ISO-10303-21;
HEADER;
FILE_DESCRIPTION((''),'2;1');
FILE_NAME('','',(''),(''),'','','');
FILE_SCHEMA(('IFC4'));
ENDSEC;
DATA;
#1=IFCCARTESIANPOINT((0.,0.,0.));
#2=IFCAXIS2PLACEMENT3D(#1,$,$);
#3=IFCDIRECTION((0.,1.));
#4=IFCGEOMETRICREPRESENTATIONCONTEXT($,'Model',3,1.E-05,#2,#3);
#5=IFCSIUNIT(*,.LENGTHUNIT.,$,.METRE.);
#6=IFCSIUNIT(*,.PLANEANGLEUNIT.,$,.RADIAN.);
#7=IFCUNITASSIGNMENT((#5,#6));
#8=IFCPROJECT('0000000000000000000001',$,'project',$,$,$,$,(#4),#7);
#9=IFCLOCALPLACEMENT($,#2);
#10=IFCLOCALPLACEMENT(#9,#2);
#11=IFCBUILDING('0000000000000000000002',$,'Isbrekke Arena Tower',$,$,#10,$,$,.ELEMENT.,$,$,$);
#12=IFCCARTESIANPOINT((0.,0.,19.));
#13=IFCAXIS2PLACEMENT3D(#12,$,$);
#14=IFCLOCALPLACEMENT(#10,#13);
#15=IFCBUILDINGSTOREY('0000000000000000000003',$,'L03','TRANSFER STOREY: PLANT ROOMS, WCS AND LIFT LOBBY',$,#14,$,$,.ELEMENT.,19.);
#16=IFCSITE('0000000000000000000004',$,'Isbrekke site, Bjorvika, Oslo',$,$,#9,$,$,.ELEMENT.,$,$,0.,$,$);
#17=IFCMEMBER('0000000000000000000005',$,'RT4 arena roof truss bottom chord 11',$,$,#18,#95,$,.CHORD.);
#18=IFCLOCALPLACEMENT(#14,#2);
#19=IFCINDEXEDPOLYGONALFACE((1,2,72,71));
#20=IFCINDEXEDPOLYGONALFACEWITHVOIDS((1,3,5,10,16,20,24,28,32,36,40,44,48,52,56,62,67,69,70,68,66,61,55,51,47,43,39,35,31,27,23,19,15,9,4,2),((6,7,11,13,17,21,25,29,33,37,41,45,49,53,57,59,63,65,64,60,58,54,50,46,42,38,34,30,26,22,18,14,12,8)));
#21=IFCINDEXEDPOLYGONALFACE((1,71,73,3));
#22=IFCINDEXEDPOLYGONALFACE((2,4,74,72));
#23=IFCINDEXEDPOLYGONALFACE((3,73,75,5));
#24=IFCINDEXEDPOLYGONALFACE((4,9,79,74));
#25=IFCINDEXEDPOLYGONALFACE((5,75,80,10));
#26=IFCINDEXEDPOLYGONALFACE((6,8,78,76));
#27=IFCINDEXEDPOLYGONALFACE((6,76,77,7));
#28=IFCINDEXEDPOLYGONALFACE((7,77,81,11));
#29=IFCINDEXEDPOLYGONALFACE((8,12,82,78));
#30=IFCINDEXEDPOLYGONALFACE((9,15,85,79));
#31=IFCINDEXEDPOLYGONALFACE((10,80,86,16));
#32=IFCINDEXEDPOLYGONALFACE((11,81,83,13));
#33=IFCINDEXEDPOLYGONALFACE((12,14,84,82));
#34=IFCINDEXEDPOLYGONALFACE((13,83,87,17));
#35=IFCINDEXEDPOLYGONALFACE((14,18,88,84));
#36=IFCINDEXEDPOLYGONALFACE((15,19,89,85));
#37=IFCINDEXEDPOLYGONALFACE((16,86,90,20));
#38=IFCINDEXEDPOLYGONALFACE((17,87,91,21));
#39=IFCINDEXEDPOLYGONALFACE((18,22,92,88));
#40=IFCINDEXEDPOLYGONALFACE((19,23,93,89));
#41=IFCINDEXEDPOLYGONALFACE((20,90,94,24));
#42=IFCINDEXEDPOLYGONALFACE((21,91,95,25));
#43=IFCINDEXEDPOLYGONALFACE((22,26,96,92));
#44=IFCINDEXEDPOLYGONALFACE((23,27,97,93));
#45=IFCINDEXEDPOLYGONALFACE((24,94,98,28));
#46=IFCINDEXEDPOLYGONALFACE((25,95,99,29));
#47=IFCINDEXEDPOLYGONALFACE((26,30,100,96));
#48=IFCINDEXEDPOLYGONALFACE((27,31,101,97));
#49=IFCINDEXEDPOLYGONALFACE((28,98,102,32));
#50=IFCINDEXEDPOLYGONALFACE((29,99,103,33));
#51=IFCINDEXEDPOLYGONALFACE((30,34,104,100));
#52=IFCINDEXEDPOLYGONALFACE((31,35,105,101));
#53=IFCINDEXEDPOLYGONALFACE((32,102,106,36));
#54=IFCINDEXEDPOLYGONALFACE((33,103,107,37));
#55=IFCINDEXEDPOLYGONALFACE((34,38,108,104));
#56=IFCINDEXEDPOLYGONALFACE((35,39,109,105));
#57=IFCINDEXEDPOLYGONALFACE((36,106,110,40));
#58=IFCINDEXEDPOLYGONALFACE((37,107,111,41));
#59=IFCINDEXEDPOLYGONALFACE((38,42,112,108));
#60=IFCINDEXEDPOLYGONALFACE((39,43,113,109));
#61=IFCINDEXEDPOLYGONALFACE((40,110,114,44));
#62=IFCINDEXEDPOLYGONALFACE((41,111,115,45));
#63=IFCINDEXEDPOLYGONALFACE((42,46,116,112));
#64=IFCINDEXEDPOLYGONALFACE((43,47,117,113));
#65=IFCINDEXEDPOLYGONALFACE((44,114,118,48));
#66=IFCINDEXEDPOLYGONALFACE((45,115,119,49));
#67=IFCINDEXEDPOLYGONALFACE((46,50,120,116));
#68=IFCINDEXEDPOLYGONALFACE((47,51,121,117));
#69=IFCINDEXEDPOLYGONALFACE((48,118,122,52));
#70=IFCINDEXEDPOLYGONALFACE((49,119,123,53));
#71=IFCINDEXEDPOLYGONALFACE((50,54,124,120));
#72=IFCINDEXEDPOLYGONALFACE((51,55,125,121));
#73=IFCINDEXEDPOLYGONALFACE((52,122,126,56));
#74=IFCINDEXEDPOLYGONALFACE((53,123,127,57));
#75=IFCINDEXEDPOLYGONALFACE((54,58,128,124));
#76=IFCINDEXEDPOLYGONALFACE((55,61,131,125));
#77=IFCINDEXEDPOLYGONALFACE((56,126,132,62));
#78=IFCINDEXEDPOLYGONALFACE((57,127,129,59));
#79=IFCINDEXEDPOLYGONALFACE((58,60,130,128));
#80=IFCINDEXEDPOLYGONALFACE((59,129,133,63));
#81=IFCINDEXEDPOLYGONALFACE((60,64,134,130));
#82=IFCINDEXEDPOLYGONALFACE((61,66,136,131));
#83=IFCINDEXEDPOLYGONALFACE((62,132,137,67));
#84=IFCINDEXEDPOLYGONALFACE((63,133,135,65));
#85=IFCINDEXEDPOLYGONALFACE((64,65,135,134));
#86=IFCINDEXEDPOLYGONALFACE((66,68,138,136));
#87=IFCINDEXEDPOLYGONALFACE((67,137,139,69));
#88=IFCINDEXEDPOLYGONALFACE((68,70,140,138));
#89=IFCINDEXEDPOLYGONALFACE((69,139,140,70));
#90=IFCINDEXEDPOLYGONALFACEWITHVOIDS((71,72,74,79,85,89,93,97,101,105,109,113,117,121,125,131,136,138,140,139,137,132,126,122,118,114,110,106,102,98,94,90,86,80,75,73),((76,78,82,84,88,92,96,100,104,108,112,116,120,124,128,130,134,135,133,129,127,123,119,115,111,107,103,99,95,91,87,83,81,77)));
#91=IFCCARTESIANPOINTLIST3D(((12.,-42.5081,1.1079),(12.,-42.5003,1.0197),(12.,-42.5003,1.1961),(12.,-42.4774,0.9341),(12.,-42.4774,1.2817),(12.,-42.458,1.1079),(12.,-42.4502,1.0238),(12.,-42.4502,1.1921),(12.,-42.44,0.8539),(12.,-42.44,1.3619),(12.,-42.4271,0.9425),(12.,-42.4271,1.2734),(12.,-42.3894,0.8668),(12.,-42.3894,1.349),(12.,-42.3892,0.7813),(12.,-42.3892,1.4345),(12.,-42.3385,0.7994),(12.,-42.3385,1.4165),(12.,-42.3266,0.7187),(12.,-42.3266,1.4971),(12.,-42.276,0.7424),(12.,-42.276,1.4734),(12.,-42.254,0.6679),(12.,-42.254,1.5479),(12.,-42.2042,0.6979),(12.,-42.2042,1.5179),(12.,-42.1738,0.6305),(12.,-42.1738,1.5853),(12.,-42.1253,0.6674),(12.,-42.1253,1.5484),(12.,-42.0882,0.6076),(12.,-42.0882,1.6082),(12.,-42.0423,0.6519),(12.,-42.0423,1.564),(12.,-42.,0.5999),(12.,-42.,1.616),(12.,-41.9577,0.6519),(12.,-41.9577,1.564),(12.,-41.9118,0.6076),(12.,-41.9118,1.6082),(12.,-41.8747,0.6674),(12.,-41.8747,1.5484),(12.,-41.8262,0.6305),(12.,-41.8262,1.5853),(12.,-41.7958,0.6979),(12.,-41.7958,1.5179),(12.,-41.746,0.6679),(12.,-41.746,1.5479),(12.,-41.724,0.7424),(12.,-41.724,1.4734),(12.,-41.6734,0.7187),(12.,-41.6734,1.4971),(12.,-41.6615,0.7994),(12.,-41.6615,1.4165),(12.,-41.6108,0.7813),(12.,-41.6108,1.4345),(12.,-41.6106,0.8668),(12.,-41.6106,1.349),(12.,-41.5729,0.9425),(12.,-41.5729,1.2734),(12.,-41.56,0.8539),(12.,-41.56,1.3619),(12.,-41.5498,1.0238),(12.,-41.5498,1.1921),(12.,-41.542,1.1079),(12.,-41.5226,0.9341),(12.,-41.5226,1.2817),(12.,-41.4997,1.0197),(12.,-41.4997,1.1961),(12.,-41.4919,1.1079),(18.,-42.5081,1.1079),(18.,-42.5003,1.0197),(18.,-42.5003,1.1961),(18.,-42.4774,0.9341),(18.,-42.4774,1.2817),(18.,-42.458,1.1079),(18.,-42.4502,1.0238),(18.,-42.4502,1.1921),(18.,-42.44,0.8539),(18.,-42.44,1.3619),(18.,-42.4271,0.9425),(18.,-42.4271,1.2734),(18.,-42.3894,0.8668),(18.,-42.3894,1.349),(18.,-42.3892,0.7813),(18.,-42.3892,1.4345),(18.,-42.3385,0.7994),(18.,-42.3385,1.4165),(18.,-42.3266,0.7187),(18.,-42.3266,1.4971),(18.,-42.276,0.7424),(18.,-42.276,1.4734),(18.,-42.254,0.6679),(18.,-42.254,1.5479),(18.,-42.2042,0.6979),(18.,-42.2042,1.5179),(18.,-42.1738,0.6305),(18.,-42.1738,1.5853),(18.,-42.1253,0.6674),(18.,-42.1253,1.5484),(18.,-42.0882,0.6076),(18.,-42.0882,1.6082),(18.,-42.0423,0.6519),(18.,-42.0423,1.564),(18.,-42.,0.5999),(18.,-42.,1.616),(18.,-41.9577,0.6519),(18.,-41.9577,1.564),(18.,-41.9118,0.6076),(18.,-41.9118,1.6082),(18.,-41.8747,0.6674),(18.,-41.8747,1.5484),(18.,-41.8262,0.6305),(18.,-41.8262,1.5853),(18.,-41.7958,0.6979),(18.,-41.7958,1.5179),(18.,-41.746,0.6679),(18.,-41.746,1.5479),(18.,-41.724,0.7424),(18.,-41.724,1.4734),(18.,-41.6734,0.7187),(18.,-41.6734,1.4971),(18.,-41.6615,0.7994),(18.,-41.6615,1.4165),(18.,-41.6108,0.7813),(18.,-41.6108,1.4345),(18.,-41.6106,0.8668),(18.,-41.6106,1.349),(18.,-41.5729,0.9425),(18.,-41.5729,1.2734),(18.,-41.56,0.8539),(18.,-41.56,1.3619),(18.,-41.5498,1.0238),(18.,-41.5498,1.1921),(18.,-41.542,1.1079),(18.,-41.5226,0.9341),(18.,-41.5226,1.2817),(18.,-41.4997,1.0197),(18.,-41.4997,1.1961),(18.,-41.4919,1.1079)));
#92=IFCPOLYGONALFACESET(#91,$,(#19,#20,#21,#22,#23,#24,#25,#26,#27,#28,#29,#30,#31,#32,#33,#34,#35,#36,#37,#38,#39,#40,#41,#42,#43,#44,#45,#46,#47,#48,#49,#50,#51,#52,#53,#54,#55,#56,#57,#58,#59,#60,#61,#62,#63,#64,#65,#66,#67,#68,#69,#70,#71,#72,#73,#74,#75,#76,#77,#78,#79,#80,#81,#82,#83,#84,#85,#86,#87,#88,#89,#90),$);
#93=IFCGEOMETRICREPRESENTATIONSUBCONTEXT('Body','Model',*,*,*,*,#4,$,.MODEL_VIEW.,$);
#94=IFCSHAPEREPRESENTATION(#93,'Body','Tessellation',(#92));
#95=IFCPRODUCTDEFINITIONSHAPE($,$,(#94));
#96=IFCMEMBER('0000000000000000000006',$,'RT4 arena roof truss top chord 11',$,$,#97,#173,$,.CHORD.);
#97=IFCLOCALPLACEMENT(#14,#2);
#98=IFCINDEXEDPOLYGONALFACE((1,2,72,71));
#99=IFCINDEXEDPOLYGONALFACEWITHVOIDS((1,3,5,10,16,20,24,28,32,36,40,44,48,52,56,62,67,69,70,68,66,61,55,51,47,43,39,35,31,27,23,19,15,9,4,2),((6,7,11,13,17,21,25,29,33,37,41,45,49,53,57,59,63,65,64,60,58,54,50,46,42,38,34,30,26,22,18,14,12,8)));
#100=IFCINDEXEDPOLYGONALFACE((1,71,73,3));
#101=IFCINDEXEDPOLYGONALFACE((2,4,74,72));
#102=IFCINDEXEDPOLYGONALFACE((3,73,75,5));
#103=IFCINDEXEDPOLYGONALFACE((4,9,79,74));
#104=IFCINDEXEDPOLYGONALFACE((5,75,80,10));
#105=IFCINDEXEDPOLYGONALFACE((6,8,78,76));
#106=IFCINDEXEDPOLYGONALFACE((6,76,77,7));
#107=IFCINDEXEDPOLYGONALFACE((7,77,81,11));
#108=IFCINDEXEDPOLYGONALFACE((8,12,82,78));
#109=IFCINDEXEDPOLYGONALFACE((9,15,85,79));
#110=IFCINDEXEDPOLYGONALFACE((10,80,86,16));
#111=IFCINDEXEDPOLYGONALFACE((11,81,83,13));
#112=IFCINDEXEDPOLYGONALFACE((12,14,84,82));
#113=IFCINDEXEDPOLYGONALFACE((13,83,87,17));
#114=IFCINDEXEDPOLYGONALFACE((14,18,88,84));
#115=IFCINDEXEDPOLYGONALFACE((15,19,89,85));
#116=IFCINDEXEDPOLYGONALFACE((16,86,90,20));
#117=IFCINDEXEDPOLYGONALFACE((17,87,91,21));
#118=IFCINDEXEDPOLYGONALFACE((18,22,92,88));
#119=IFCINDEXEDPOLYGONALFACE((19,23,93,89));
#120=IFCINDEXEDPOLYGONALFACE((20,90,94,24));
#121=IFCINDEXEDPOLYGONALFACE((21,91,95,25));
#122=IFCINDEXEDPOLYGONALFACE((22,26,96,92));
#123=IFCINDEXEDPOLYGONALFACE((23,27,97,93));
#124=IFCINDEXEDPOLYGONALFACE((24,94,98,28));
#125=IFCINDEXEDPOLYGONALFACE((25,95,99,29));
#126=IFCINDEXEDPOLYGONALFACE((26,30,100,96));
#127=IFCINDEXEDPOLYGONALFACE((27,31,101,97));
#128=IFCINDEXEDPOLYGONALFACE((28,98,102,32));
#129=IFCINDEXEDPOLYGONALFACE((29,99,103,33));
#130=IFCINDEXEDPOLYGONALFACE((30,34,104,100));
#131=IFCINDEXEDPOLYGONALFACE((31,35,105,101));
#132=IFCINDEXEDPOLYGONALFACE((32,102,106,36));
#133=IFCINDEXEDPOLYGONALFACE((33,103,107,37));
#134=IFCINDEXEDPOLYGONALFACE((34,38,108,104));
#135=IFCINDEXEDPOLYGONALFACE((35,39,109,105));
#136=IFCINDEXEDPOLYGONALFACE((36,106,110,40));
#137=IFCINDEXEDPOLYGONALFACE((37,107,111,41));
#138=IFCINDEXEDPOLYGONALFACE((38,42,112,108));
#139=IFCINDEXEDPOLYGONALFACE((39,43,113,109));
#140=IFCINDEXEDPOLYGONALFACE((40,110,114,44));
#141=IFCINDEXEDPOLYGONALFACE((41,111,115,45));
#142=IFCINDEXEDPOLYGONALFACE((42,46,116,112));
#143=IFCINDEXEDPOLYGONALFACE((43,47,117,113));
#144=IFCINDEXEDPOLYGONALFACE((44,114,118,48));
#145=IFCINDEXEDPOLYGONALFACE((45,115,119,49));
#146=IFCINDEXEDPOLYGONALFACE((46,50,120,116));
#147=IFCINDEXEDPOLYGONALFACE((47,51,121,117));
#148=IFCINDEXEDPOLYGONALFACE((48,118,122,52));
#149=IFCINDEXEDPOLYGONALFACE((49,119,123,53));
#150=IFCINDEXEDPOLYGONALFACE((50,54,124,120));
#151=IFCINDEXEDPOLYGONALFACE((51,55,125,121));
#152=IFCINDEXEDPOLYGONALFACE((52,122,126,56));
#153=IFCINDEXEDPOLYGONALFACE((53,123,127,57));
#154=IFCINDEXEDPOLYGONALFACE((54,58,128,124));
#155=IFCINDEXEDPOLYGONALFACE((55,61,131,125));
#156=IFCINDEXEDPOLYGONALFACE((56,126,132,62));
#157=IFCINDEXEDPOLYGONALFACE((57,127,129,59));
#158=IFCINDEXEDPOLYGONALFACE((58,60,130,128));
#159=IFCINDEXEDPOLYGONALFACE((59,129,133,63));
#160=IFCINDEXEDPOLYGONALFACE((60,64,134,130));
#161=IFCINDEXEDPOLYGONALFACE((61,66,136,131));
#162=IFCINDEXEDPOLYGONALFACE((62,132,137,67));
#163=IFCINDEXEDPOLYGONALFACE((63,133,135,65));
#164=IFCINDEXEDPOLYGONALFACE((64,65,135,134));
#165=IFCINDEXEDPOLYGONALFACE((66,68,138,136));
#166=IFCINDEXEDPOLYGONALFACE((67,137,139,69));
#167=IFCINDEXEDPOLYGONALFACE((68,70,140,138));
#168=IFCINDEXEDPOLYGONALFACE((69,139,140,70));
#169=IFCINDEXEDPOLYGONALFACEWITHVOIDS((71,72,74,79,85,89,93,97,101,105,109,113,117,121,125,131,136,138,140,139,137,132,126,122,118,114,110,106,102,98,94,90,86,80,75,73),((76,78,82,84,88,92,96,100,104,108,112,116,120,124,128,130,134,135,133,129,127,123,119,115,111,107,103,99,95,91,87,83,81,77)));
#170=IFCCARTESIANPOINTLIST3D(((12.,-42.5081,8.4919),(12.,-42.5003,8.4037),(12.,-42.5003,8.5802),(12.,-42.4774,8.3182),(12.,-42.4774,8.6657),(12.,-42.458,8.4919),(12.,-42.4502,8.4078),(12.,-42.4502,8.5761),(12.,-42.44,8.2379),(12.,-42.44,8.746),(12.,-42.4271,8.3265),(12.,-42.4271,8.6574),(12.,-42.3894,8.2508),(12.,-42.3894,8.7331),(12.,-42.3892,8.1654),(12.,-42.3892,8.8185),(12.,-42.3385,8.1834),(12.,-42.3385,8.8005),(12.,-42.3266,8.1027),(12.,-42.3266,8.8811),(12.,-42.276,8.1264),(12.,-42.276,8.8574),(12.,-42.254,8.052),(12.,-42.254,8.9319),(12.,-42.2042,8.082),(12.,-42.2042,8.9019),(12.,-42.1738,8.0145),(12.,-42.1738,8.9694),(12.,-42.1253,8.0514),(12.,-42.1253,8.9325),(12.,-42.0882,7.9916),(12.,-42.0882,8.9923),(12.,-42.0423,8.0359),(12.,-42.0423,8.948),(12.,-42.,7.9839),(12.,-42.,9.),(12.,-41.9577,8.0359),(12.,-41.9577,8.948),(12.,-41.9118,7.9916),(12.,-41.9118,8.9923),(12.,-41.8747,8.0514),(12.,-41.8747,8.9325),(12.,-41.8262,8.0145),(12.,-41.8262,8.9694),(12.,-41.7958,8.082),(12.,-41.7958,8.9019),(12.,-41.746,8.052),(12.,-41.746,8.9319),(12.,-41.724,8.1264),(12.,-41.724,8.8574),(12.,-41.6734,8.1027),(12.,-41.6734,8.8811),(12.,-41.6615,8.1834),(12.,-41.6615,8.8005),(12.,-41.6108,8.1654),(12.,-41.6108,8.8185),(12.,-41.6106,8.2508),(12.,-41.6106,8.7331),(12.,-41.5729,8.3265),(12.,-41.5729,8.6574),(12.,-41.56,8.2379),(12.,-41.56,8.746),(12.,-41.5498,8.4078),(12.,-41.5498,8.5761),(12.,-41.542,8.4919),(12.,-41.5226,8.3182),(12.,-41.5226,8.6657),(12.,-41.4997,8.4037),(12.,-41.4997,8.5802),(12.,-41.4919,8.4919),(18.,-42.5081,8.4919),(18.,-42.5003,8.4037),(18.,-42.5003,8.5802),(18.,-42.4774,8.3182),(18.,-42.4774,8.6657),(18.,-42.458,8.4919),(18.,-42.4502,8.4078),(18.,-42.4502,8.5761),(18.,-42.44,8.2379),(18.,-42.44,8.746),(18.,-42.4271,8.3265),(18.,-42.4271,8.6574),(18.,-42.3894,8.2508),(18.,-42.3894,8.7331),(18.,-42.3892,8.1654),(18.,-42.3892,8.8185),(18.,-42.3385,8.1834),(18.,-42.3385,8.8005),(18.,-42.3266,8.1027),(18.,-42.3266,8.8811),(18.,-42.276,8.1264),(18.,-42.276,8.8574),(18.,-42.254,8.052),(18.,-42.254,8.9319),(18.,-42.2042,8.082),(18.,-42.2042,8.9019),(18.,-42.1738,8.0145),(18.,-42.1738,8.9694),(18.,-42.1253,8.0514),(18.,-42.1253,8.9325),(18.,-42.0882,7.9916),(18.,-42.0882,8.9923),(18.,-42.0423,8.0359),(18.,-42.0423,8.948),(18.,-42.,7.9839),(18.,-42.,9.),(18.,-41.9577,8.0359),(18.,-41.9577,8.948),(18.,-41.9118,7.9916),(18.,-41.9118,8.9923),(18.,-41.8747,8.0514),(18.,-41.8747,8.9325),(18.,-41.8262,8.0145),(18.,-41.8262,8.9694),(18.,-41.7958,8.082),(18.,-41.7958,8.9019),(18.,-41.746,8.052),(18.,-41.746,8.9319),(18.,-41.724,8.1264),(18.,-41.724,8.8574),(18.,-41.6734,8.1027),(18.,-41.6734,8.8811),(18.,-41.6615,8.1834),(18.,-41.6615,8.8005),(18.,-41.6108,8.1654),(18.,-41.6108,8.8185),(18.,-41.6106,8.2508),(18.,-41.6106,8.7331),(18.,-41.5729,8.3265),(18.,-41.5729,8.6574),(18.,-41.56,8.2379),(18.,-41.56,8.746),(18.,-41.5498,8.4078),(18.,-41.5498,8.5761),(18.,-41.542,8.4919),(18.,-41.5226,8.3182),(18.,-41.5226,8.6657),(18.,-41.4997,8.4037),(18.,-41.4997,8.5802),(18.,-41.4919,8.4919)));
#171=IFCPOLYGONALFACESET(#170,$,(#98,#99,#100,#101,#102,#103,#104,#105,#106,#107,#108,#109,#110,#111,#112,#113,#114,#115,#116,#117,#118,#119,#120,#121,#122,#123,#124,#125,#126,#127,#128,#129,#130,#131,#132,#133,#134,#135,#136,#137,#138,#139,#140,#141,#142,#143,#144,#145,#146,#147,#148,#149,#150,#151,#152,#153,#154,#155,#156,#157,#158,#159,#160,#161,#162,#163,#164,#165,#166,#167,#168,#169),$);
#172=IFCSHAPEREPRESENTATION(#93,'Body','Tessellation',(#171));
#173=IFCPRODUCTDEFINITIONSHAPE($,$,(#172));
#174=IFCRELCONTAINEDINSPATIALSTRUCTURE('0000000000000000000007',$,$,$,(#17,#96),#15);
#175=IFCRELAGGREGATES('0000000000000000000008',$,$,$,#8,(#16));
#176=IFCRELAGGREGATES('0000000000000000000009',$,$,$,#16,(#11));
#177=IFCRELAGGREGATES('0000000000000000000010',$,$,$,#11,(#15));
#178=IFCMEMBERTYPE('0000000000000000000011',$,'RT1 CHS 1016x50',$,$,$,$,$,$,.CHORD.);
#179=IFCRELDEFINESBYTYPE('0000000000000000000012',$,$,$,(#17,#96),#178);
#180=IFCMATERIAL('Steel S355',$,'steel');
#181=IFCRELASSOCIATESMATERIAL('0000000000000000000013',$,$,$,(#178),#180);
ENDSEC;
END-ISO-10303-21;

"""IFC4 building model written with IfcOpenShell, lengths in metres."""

from ifc_helpers import new_model, si_unit, direction, frame, origin, origin_2d, place, context, subcontext, project, spatial, hollow_circle, extrude, material, material_profile, profile_set, type_object, element, save


model = new_model("IFC4")

# Units and contexts
model_context = context("Model", 3, precision=1e-05, world=origin(), true_north=direction((0.0, 1.0)))
body_context = subcontext(model_context, "Body", "Model", "MODEL_VIEW")
ifc_project = project(units=[si_unit("LENGTHUNIT", "METRE"), si_unit("PLANEANGLEUNIT", "RADIAN")], contexts=[model_context])

# Site, building, storey
site_placement = place(None, origin())
site = spatial("IfcSite", under=ifc_project, at=site_placement, Name="Isbrekke site, Bjorvika, Oslo", CompositionType="ELEMENT", RefElevation=0.0)
building_placement = place(site_placement, origin())
building = spatial("IfcBuilding", under=site, at=building_placement, Name="Isbrekke Arena Tower", CompositionType="ELEMENT")
storey_placement = place(building_placement, frame((0.0, 0.0, 19.0)))
storey = spatial("IfcBuildingStorey", under=building, at=storey_placement, Name="L03", Description="TRANSFER STOREY: PLANT ROOMS, WCS AND LIFT LOBBY", CompositionType="ELEMENT", Elevation=19.0)

# Members
ifc_material_1 = material(Name="Steel S355", Category="steel")
ifc_material_profile_1 = material_profile(ifc_material_1, hollow_circle(Radius=0.5081, WallThickness=0.05, at=origin_2d()), Name="CHS 1016x50")
ifc_profile_set_1 = profile_set([ifc_material_profile_1], Name="Steel S355")
member_type_1 = type_object("IfcMemberType", Name="RT1 CHS 1016x50", PredefinedType="CHORD", material=ifc_profile_set_1)
for number, where, z_axis, x_axis, name in (
    (1, (12.0, -42.0, 1.1079), (1.0, 0.0, 0.0), (0.0, 1.0, 0.0), "RT4 arena roof truss bottom chord 11"),
    (2, (12.0, -42.0, 8.4919), (1.0, 0.0, 0.0), (0.0, 1.0, 0.0), "RT4 arena roof truss top chord 11"),
):
    element("IfcMember", number, at=place(storey_placement, frame(where, z_axis=z_axis, x_axis=x_axis)), inside=storey, type_object=member_type_1, Name=name, PredefinedType="CHORD", context=body_context, shape_type="SweptSolid", body=[
        extrude(hollow_circle(Radius=0.5081, WallThickness=0.05, at=origin_2d()), origin(), (0.0, 0.0, 1.0), 6.0),
    ])

save(model, "model.ifc")
